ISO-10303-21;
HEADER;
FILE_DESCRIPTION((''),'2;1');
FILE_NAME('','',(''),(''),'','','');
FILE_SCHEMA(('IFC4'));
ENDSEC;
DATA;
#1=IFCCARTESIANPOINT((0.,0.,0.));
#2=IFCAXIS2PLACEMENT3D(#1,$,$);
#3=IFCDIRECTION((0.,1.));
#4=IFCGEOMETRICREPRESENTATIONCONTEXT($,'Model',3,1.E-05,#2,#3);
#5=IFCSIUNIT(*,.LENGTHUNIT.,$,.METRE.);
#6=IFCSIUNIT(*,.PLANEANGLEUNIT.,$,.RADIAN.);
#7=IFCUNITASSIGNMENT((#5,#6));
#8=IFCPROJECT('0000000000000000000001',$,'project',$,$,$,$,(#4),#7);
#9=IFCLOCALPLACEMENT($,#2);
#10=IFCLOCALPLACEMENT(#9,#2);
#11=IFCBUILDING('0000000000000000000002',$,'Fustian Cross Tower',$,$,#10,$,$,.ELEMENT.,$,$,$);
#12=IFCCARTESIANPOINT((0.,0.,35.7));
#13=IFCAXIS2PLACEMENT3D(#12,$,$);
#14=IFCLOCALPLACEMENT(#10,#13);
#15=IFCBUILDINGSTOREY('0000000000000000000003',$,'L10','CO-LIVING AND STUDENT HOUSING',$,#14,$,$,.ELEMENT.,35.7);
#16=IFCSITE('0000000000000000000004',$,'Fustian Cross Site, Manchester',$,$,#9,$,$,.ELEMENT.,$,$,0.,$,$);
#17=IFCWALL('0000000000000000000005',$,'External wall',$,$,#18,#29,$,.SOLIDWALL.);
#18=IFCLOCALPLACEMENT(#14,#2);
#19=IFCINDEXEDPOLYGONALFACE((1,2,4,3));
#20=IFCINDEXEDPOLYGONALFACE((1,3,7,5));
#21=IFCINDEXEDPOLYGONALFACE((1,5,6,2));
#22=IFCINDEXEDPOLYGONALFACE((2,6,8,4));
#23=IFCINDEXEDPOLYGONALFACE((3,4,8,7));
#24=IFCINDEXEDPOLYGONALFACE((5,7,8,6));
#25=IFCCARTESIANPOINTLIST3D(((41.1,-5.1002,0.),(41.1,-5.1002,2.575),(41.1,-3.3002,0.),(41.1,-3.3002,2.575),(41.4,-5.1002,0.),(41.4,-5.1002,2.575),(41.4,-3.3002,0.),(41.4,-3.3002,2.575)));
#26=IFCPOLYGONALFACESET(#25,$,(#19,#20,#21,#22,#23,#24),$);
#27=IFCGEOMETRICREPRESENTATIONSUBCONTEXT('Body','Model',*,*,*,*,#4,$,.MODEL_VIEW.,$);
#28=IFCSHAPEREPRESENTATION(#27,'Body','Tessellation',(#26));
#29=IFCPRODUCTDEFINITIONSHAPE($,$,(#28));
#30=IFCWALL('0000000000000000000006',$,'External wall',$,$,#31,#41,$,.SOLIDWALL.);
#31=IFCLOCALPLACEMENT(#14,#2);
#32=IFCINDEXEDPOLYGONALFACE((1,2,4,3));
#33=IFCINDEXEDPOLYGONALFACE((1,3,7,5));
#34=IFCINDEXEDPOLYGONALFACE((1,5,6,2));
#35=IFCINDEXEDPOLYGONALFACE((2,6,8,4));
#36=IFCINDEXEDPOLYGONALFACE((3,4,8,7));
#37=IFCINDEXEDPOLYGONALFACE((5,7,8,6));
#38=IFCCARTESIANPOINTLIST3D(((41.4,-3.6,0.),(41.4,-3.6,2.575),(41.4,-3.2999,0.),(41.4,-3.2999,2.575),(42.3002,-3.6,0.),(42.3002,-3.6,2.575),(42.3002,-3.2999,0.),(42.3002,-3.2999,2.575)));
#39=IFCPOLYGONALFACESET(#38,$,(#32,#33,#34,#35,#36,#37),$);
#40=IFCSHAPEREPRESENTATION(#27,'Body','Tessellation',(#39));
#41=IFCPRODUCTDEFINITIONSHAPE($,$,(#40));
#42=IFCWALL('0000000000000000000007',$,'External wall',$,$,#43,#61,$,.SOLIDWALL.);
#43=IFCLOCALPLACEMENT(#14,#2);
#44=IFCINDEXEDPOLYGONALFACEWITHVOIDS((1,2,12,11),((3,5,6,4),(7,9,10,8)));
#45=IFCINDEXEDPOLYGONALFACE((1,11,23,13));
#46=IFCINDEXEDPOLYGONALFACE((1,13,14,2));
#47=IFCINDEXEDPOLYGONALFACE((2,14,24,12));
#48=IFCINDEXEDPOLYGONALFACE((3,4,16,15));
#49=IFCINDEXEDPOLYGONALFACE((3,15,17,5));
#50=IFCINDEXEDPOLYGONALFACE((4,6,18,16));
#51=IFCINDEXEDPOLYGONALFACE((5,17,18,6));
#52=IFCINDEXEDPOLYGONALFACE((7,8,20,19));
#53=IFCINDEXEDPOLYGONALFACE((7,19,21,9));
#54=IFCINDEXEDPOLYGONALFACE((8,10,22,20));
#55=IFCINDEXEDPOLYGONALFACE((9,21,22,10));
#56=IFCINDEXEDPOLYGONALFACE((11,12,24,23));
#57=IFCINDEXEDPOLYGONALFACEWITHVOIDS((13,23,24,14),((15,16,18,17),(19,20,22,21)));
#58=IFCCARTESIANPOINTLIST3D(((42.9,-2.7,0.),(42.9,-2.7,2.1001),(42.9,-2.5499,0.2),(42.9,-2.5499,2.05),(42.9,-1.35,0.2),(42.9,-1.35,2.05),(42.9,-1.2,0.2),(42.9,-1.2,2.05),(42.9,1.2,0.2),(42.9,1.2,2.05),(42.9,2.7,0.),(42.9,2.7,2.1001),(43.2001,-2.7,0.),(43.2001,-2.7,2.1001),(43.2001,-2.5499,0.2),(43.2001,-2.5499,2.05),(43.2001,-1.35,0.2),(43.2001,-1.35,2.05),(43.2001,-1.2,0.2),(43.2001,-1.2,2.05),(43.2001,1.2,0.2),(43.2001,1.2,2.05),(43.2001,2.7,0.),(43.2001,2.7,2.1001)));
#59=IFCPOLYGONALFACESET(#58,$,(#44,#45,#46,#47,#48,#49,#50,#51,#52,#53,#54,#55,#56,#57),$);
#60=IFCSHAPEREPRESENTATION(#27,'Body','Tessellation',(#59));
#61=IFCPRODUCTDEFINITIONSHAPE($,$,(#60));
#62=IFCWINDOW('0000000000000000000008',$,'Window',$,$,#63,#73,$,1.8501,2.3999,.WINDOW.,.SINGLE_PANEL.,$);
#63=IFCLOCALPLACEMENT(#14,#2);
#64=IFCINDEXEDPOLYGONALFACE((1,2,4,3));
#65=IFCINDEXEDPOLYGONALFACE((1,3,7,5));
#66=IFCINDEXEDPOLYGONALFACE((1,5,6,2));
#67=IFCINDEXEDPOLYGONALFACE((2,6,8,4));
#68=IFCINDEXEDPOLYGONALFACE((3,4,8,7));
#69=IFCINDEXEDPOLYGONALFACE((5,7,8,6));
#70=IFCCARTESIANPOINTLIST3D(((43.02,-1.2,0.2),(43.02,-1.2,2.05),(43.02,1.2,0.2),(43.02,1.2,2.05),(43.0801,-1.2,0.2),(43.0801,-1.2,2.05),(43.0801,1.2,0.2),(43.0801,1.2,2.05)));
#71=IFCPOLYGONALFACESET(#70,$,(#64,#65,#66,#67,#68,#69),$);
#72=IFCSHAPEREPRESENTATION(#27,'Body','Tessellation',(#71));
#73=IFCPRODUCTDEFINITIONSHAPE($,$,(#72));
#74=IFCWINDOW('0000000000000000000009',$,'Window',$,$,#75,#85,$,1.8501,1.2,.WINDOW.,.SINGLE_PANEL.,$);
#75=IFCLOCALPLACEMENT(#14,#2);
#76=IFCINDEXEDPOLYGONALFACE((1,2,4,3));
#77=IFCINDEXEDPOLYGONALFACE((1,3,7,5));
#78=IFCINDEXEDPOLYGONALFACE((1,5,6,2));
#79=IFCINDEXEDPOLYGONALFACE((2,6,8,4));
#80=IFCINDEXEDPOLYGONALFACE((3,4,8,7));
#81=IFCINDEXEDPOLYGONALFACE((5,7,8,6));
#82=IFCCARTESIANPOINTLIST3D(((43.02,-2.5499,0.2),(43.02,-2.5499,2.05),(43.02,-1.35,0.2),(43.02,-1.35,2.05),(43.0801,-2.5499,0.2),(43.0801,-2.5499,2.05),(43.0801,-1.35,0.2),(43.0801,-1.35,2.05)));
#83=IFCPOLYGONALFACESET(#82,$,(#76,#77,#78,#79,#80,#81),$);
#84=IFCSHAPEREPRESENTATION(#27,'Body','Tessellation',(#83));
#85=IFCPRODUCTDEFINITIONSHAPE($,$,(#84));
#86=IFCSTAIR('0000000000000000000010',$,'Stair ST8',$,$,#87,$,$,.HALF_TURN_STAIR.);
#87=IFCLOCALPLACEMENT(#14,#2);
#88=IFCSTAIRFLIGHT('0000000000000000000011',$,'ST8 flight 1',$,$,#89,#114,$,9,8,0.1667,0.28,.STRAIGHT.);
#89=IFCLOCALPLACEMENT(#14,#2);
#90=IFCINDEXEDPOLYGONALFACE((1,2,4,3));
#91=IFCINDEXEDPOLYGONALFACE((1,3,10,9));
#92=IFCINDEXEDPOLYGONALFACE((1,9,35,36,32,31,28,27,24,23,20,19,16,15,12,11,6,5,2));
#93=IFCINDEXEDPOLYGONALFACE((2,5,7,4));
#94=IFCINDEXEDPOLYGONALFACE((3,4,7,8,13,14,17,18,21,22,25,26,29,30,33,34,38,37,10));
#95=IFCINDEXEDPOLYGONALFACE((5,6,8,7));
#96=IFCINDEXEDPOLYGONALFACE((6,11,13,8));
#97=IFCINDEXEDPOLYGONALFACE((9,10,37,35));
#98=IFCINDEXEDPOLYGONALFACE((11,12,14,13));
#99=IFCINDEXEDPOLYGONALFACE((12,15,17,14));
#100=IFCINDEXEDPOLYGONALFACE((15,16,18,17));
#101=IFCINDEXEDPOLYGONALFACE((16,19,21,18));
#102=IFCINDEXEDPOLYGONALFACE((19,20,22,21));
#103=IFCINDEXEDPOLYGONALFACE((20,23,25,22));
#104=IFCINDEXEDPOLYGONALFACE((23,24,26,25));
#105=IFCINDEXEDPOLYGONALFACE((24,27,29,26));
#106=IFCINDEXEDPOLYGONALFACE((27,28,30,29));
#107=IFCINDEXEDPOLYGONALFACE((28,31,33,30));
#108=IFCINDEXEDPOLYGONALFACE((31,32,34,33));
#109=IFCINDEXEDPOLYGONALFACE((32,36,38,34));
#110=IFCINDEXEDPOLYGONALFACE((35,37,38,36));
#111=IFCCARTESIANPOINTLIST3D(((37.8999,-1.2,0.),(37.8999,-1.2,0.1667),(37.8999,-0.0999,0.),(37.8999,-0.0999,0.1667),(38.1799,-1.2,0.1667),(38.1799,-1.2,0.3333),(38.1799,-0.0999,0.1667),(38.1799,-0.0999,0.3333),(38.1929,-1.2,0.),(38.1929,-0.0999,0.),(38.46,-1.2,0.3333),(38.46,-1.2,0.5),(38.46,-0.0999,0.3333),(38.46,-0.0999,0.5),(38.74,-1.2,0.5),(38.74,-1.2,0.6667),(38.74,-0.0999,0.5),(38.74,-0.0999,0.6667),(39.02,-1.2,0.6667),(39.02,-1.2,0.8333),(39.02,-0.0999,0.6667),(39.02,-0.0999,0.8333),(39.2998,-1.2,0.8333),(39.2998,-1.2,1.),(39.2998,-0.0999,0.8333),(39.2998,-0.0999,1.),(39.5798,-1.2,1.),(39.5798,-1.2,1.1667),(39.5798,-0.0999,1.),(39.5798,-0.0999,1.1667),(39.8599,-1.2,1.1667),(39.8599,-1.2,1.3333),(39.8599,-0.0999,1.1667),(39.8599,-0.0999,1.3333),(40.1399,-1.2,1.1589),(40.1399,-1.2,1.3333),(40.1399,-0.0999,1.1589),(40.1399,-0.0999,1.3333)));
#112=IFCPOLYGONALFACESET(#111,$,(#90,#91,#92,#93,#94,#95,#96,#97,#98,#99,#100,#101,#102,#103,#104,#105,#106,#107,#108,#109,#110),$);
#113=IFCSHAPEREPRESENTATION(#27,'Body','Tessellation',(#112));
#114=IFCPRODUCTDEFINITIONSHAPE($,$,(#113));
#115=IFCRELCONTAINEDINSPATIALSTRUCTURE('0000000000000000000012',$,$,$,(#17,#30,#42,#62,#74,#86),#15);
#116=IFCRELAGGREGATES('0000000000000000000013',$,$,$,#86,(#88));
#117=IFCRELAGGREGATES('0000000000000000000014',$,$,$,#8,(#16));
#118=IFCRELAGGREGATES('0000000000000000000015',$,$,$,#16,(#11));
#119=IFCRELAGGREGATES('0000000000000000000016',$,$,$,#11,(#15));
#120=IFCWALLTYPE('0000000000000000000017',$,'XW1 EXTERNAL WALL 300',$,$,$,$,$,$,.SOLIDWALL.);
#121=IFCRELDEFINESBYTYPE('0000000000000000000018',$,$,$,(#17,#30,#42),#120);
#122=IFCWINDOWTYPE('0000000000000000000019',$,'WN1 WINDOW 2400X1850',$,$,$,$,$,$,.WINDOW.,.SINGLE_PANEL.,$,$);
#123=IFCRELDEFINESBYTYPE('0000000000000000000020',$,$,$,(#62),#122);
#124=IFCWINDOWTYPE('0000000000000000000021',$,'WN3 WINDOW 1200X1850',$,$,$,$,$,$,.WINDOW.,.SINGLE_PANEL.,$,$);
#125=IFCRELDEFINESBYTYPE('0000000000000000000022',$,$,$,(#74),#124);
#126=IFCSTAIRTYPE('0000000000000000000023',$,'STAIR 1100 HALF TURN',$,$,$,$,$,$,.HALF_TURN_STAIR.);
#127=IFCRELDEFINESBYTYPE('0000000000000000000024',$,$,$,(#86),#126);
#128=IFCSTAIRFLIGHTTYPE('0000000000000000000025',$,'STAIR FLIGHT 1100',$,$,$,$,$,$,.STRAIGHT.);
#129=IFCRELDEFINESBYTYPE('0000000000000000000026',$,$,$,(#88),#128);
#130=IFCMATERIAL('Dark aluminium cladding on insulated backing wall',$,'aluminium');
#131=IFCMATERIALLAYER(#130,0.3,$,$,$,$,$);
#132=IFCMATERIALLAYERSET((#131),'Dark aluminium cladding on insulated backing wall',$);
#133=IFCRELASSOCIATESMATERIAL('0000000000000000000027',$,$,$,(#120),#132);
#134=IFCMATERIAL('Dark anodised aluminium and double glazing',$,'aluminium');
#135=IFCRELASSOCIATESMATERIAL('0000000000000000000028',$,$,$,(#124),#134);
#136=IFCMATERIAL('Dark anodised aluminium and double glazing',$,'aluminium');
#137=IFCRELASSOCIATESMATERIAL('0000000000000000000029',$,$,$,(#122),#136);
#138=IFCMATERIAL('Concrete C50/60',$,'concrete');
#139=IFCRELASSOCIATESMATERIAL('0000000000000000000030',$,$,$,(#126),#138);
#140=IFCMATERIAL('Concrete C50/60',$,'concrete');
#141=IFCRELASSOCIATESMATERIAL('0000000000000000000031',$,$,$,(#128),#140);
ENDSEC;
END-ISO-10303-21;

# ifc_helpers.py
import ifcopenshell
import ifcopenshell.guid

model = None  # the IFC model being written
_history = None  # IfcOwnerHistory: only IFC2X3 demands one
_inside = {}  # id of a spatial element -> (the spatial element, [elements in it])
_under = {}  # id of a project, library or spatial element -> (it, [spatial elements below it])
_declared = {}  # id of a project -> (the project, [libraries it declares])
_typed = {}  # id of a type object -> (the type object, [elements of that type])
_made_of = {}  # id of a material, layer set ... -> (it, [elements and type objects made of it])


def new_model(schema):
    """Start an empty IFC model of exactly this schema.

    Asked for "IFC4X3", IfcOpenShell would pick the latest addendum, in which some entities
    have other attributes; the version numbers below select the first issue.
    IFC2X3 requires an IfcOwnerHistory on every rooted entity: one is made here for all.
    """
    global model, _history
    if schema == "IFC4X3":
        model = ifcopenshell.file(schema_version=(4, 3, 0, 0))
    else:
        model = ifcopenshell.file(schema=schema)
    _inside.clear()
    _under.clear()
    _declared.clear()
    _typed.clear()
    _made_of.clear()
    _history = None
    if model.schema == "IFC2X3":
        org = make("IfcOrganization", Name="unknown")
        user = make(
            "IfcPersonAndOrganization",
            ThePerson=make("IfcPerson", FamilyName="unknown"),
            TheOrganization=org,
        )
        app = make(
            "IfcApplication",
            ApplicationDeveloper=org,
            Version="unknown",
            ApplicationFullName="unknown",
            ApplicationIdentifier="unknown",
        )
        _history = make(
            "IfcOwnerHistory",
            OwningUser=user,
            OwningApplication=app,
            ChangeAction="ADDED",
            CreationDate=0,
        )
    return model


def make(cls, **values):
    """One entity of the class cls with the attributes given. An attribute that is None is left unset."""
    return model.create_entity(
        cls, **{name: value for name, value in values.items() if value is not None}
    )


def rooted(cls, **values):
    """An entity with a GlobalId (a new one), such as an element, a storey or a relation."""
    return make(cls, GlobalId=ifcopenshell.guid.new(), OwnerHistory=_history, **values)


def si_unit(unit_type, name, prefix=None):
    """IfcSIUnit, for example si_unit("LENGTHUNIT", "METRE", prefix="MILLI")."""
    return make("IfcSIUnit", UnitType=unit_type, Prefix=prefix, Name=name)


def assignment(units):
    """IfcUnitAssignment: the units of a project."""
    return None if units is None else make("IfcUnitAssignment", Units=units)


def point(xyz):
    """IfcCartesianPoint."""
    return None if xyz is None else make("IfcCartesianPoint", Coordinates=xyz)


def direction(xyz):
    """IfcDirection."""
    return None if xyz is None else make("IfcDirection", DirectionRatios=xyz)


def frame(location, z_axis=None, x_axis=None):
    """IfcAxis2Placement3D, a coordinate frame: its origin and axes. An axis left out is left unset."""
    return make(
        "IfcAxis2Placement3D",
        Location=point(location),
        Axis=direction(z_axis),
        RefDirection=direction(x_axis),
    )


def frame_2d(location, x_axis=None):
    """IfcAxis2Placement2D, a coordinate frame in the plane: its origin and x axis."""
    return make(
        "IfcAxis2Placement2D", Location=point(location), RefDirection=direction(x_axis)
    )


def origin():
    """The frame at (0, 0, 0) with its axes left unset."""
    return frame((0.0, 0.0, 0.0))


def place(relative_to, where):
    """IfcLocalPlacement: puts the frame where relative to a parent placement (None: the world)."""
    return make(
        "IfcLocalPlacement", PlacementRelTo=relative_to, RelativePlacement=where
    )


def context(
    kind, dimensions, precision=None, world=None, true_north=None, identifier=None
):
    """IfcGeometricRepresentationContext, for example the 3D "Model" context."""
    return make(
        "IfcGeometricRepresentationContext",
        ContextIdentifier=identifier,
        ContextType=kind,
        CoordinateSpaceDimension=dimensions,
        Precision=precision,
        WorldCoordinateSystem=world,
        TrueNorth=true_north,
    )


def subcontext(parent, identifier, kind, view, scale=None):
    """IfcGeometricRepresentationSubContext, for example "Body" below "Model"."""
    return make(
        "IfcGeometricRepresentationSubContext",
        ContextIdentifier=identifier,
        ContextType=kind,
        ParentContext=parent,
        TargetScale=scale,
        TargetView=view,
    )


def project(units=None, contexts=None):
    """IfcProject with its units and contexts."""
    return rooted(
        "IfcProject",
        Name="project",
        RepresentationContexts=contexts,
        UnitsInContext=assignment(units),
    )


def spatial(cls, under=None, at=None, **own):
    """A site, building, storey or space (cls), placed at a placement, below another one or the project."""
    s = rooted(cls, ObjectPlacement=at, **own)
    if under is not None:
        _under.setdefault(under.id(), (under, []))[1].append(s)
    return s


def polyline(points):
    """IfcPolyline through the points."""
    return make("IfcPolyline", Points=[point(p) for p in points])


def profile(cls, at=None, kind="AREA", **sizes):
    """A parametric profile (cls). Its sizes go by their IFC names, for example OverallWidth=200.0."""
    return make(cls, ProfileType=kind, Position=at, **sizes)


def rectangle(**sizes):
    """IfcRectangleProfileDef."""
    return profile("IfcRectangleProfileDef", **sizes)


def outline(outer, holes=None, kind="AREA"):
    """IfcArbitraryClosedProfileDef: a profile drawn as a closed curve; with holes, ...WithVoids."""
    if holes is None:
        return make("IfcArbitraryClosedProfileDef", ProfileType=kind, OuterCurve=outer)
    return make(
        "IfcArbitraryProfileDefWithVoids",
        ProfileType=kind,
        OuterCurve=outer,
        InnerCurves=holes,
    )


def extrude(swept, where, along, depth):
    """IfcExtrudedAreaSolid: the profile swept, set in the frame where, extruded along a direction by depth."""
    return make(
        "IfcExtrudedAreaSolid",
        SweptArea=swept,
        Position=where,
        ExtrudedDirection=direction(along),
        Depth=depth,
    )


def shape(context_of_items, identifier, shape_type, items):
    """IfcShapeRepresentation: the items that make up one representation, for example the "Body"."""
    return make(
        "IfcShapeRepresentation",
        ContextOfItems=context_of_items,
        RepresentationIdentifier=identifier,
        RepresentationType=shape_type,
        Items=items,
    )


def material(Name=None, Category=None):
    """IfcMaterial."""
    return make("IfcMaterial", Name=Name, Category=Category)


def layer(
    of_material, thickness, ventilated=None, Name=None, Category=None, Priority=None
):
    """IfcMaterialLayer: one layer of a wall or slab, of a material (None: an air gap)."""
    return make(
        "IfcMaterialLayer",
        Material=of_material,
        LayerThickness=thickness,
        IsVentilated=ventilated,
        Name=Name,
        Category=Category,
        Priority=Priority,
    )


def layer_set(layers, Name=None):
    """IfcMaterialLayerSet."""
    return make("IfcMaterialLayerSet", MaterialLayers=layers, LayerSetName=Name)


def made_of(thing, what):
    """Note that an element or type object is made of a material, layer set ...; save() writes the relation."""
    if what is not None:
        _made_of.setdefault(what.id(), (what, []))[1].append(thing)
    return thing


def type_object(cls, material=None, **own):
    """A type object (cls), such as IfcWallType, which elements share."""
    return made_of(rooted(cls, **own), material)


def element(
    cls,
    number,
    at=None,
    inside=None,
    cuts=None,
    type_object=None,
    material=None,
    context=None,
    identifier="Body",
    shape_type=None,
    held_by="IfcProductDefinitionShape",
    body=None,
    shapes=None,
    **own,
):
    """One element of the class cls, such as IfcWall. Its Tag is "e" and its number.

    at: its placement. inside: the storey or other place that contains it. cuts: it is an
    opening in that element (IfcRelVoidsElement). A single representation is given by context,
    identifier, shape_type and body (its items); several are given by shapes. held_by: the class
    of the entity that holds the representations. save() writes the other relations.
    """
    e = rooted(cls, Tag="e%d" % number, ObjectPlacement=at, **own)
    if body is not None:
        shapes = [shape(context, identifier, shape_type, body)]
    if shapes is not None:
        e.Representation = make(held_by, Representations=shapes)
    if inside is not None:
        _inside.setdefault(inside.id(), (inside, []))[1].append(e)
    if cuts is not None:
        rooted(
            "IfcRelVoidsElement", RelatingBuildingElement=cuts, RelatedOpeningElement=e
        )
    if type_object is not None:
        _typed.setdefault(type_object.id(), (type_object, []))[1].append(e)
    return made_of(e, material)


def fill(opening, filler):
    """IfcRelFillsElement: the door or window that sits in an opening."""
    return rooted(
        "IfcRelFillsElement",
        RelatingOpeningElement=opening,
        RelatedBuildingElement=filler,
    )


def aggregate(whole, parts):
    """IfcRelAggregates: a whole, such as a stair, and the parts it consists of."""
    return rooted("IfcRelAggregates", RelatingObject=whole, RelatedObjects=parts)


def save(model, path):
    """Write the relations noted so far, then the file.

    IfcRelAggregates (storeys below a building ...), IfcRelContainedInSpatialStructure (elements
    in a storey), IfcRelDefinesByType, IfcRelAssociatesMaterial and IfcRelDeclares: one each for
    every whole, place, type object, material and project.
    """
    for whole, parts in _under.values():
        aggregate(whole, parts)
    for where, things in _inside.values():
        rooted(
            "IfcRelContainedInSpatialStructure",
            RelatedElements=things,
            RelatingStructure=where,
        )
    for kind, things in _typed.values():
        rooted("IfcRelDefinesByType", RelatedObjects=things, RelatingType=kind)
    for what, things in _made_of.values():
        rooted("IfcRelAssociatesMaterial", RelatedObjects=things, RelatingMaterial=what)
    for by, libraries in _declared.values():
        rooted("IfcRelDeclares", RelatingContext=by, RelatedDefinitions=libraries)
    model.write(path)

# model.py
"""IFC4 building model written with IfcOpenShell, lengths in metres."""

from ifc_helpers import new_model, si_unit, direction, frame, frame_2d, origin, place, context, subcontext, project, spatial, polyline, rectangle, outline, extrude, material, layer, layer_set, type_object, element, fill, aggregate, save


model = new_model("IFC4")

# Units and contexts
model_context = context("Model", 3, precision=1e-05, world=origin(), true_north=direction((0.0, 1.0)))
body_context = subcontext(model_context, "Body", "Model", "MODEL_VIEW")
ifc_project = project(units=[si_unit("LENGTHUNIT", "METRE"), si_unit("PLANEANGLEUNIT", "RADIAN")], contexts=[model_context])

# Site, building, storey
site_placement = place(None, origin())
site = spatial("IfcSite", under=ifc_project, at=site_placement, Name="Fustian Cross Site, Manchester", CompositionType="ELEMENT", RefElevation=0.0)
building_placement = place(site_placement, origin())
building = spatial("IfcBuilding", under=site, at=building_placement, Name="Fustian Cross Tower", CompositionType="ELEMENT")
storey_placement = place(building_placement, frame((0.0, 0.0, 35.7)))
storey = spatial("IfcBuildingStorey", under=building, at=storey_placement, Name="L10", Description="CO-LIVING AND STUDENT HOUSING", CompositionType="ELEMENT", Elevation=35.7)

# Shared definitions
ifc_material_1 = material(Name="Dark aluminium cladding on insulated backing wall", Category="aluminium")
ifc_layer_1 = layer(ifc_material_1, 0.3)
ifc_layer_set_1 = layer_set([ifc_layer_1], Name="Dark aluminium cladding on insulated backing wall")
wall_type_1 = type_object("IfcWallType", Name="XW1 EXTERNAL WALL 300", PredefinedType="SOLIDWALL", material=ifc_layer_set_1)
ifc_material_2 = material(Name="Dark anodised aluminium and double glazing", Category="aluminium")
window_type_1 = type_object("IfcWindowType", Name="WN3 WINDOW 1200X1850", PartitioningType="SINGLE_PANEL", PredefinedType="WINDOW", material=ifc_material_2)

# Walls
wall_1_placement = place(storey_placement, frame((41.25, -5.1001, 0.0), z_axis=(0.0, 0.0, 1.0), x_axis=(0.0, 1.0, 0.0)))
element("IfcWall", 1, at=wall_1_placement, inside=storey, type_object=wall_type_1, Name="External wall", PredefinedType="SOLIDWALL", context=body_context, shape_type="SweptSolid", body=[
    extrude(rectangle(XDim=1.8, YDim=0.3, at=frame_2d((0.8999, 0.0))), origin(), (0.0, 0.0, 1.0), 2.575),
])
wall_2_placement = place(storey_placement, frame((41.3999, -3.45, 0.0), z_axis=(0.0, 0.0, 1.0), x_axis=(1.0, 0.0, 0.0)))
element("IfcWall", 2, at=wall_2_placement, inside=storey, type_object=wall_type_1, Name="External wall", PredefinedType="SOLIDWALL", context=body_context, shape_type="SweptSolid", body=[
    extrude(rectangle(XDim=0.9001, YDim=0.3, at=frame_2d((0.4502, 0.0))), origin(), (0.0, 0.0, 1.0), 2.575),
])

# Wall, openings, windows
wall_3_placement = place(storey_placement, frame((43.05, -2.7, 0.0), z_axis=(0.0, 0.0, 1.0), x_axis=(0.0, 1.0, 0.0)))
wall_3 = element("IfcWall", 3, at=wall_3_placement, inside=storey, type_object=wall_type_1, Name="External wall", PredefinedType="SOLIDWALL", context=body_context, shape_type="SweptSolid", body=[
    extrude(rectangle(XDim=5.3999, YDim=0.3, at=frame_2d((2.7, 0.0))), origin(), (0.0, 0.0, 1.0), 2.1001),
])
opening_1_placement = place(wall_3_placement, frame((1.5, 0.0, 0.2)))
opening_1 = element("IfcOpeningElement", 4, at=opening_1_placement, cuts=wall_3, PredefinedType="OPENING", context=body_context, shape_type="SweptSolid", body=[
    extrude(rectangle(XDim=2.3999, YDim=1.8501, at=frame_2d((1.2, 0.925))), frame((0.0, 0.1599, 0.0), z_axis=(0.0, -1.0, 0.0), x_axis=(1.0, 0.0, 0.0)), (0.0, 0.0, 1.0), 0.3201),
])
opening_2_placement = place(wall_3_placement, frame((0.1499, 0.0, 0.2)))
opening_2 = element("IfcOpeningElement", 5, at=opening_2_placement, cuts=wall_3, PredefinedType="OPENING", context=body_context, shape_type="SweptSolid", body=[
    extrude(rectangle(XDim=1.2, YDim=1.8501, at=frame_2d((0.6001, 0.925))), frame((0.0, 0.1599, 0.0), z_axis=(0.0, -1.0, 0.0), x_axis=(1.0, 0.0, 0.0)), (0.0, 0.0, 1.0), 0.3201),
])
ifc_material_3 = material(Name="Dark anodised aluminium and double glazing", Category="aluminium")
window_type_2 = type_object("IfcWindowType", Name="WN1 WINDOW 2400X1850", PartitioningType="SINGLE_PANEL", PredefinedType="WINDOW", material=ifc_material_3)
window_1_placement = place(opening_1_placement, origin())
window_1 = element("IfcWindow", 6, at=window_1_placement, inside=storey, type_object=window_type_2, Name="Window", OverallHeight=1.8501, OverallWidth=2.3999, PartitioningType="SINGLE_PANEL", PredefinedType="WINDOW", context=body_context, shape_type="SweptSolid", body=[
    extrude(rectangle(XDim=2.3999, YDim=1.8501, at=frame_2d((1.2, 0.925))), frame((0.0, 0.03, 0.0), z_axis=(0.0, -1.0, 0.0), x_axis=(1.0, 0.0, 0.0)), (0.0, 0.0, 1.0), 0.0601),
])
fill(opening_1, window_1)
window_2_placement = place(opening_2_placement, origin())
window_2 = element("IfcWindow", 7, at=window_2_placement, inside=storey, type_object=window_type_1, Name="Window", OverallHeight=1.8501, OverallWidth=1.2, PartitioningType="SINGLE_PANEL", PredefinedType="WINDOW", context=body_context, shape_type="SweptSolid", body=[
    extrude(rectangle(XDim=1.2, YDim=1.8501, at=frame_2d((0.6001, 0.925))), frame((0.0, 0.03, 0.0), z_axis=(0.0, -1.0, 0.0), x_axis=(1.0, 0.0, 0.0)), (0.0, 0.0, 1.0), 0.0601),
])
fill(opening_2, window_2)

# Stair, stair flight
ifc_material_4 = material(Name="Concrete C50/60", Category="concrete")
stair_type = type_object("IfcStairType", Name="STAIR 1100 HALF TURN", PredefinedType="HALF_TURN_STAIR", material=ifc_material_4)
stair_placement = place(storey_placement, origin())
stair = element("IfcStair", 8, at=stair_placement, inside=storey, type_object=stair_type, Name="Stair ST8", PredefinedType="HALF_TURN_STAIR")
ifc_material_5 = material(Name="Concrete C50/60", Category="concrete")
stair_flight_type = type_object("IfcStairFlightType", Name="STAIR FLIGHT 1100", PredefinedType="STRAIGHT", material=ifc_material_5)
stair_flight_placement = place(storey_placement, frame((37.8999, -0.6499, 0.0), z_axis=(0.0, 0.0, 1.0), x_axis=(1.0, 0.0, 0.0)))
stair_flight = element("IfcStairFlight", 9, at=stair_flight_placement, type_object=stair_flight_type, Name="ST8 flight 1", NumberOfRisers=9, NumberOfTreads=8, PredefinedType="STRAIGHT", RiserHeight=0.1667, TreadLength=0.28, context=body_context, shape_type="SweptSolid", body=[
    extrude(outline(polyline([(0.0, 0.0), (0.0, 0.1667), (0.28, 0.1667), (0.28, 0.3333), (0.5601, 0.3333), (0.5601, 0.5), (0.8401, 0.5), (0.8401, 0.6667), (1.1201, 0.6667), (1.1201, 0.8333), (1.3999, 0.8333), (1.3999, 1.0), (1.6799, 1.0), (1.6799, 1.1667), (1.96, 1.1667), (1.96, 1.3333), (2.24, 1.3333), (2.24, 1.5), (2.24, 1.1589), (0.293, 0.0), (0.0, 0.0)])), frame((0.0, 0.55, 0.0), z_axis=(0.0, -1.0, 0.0), x_axis=(1.0, 0.0, 0.0)), (0.0, 0.0, 1.0), 1.1001),
])
aggregate(stair, [stair_flight])

save(model, "model.ifc")
